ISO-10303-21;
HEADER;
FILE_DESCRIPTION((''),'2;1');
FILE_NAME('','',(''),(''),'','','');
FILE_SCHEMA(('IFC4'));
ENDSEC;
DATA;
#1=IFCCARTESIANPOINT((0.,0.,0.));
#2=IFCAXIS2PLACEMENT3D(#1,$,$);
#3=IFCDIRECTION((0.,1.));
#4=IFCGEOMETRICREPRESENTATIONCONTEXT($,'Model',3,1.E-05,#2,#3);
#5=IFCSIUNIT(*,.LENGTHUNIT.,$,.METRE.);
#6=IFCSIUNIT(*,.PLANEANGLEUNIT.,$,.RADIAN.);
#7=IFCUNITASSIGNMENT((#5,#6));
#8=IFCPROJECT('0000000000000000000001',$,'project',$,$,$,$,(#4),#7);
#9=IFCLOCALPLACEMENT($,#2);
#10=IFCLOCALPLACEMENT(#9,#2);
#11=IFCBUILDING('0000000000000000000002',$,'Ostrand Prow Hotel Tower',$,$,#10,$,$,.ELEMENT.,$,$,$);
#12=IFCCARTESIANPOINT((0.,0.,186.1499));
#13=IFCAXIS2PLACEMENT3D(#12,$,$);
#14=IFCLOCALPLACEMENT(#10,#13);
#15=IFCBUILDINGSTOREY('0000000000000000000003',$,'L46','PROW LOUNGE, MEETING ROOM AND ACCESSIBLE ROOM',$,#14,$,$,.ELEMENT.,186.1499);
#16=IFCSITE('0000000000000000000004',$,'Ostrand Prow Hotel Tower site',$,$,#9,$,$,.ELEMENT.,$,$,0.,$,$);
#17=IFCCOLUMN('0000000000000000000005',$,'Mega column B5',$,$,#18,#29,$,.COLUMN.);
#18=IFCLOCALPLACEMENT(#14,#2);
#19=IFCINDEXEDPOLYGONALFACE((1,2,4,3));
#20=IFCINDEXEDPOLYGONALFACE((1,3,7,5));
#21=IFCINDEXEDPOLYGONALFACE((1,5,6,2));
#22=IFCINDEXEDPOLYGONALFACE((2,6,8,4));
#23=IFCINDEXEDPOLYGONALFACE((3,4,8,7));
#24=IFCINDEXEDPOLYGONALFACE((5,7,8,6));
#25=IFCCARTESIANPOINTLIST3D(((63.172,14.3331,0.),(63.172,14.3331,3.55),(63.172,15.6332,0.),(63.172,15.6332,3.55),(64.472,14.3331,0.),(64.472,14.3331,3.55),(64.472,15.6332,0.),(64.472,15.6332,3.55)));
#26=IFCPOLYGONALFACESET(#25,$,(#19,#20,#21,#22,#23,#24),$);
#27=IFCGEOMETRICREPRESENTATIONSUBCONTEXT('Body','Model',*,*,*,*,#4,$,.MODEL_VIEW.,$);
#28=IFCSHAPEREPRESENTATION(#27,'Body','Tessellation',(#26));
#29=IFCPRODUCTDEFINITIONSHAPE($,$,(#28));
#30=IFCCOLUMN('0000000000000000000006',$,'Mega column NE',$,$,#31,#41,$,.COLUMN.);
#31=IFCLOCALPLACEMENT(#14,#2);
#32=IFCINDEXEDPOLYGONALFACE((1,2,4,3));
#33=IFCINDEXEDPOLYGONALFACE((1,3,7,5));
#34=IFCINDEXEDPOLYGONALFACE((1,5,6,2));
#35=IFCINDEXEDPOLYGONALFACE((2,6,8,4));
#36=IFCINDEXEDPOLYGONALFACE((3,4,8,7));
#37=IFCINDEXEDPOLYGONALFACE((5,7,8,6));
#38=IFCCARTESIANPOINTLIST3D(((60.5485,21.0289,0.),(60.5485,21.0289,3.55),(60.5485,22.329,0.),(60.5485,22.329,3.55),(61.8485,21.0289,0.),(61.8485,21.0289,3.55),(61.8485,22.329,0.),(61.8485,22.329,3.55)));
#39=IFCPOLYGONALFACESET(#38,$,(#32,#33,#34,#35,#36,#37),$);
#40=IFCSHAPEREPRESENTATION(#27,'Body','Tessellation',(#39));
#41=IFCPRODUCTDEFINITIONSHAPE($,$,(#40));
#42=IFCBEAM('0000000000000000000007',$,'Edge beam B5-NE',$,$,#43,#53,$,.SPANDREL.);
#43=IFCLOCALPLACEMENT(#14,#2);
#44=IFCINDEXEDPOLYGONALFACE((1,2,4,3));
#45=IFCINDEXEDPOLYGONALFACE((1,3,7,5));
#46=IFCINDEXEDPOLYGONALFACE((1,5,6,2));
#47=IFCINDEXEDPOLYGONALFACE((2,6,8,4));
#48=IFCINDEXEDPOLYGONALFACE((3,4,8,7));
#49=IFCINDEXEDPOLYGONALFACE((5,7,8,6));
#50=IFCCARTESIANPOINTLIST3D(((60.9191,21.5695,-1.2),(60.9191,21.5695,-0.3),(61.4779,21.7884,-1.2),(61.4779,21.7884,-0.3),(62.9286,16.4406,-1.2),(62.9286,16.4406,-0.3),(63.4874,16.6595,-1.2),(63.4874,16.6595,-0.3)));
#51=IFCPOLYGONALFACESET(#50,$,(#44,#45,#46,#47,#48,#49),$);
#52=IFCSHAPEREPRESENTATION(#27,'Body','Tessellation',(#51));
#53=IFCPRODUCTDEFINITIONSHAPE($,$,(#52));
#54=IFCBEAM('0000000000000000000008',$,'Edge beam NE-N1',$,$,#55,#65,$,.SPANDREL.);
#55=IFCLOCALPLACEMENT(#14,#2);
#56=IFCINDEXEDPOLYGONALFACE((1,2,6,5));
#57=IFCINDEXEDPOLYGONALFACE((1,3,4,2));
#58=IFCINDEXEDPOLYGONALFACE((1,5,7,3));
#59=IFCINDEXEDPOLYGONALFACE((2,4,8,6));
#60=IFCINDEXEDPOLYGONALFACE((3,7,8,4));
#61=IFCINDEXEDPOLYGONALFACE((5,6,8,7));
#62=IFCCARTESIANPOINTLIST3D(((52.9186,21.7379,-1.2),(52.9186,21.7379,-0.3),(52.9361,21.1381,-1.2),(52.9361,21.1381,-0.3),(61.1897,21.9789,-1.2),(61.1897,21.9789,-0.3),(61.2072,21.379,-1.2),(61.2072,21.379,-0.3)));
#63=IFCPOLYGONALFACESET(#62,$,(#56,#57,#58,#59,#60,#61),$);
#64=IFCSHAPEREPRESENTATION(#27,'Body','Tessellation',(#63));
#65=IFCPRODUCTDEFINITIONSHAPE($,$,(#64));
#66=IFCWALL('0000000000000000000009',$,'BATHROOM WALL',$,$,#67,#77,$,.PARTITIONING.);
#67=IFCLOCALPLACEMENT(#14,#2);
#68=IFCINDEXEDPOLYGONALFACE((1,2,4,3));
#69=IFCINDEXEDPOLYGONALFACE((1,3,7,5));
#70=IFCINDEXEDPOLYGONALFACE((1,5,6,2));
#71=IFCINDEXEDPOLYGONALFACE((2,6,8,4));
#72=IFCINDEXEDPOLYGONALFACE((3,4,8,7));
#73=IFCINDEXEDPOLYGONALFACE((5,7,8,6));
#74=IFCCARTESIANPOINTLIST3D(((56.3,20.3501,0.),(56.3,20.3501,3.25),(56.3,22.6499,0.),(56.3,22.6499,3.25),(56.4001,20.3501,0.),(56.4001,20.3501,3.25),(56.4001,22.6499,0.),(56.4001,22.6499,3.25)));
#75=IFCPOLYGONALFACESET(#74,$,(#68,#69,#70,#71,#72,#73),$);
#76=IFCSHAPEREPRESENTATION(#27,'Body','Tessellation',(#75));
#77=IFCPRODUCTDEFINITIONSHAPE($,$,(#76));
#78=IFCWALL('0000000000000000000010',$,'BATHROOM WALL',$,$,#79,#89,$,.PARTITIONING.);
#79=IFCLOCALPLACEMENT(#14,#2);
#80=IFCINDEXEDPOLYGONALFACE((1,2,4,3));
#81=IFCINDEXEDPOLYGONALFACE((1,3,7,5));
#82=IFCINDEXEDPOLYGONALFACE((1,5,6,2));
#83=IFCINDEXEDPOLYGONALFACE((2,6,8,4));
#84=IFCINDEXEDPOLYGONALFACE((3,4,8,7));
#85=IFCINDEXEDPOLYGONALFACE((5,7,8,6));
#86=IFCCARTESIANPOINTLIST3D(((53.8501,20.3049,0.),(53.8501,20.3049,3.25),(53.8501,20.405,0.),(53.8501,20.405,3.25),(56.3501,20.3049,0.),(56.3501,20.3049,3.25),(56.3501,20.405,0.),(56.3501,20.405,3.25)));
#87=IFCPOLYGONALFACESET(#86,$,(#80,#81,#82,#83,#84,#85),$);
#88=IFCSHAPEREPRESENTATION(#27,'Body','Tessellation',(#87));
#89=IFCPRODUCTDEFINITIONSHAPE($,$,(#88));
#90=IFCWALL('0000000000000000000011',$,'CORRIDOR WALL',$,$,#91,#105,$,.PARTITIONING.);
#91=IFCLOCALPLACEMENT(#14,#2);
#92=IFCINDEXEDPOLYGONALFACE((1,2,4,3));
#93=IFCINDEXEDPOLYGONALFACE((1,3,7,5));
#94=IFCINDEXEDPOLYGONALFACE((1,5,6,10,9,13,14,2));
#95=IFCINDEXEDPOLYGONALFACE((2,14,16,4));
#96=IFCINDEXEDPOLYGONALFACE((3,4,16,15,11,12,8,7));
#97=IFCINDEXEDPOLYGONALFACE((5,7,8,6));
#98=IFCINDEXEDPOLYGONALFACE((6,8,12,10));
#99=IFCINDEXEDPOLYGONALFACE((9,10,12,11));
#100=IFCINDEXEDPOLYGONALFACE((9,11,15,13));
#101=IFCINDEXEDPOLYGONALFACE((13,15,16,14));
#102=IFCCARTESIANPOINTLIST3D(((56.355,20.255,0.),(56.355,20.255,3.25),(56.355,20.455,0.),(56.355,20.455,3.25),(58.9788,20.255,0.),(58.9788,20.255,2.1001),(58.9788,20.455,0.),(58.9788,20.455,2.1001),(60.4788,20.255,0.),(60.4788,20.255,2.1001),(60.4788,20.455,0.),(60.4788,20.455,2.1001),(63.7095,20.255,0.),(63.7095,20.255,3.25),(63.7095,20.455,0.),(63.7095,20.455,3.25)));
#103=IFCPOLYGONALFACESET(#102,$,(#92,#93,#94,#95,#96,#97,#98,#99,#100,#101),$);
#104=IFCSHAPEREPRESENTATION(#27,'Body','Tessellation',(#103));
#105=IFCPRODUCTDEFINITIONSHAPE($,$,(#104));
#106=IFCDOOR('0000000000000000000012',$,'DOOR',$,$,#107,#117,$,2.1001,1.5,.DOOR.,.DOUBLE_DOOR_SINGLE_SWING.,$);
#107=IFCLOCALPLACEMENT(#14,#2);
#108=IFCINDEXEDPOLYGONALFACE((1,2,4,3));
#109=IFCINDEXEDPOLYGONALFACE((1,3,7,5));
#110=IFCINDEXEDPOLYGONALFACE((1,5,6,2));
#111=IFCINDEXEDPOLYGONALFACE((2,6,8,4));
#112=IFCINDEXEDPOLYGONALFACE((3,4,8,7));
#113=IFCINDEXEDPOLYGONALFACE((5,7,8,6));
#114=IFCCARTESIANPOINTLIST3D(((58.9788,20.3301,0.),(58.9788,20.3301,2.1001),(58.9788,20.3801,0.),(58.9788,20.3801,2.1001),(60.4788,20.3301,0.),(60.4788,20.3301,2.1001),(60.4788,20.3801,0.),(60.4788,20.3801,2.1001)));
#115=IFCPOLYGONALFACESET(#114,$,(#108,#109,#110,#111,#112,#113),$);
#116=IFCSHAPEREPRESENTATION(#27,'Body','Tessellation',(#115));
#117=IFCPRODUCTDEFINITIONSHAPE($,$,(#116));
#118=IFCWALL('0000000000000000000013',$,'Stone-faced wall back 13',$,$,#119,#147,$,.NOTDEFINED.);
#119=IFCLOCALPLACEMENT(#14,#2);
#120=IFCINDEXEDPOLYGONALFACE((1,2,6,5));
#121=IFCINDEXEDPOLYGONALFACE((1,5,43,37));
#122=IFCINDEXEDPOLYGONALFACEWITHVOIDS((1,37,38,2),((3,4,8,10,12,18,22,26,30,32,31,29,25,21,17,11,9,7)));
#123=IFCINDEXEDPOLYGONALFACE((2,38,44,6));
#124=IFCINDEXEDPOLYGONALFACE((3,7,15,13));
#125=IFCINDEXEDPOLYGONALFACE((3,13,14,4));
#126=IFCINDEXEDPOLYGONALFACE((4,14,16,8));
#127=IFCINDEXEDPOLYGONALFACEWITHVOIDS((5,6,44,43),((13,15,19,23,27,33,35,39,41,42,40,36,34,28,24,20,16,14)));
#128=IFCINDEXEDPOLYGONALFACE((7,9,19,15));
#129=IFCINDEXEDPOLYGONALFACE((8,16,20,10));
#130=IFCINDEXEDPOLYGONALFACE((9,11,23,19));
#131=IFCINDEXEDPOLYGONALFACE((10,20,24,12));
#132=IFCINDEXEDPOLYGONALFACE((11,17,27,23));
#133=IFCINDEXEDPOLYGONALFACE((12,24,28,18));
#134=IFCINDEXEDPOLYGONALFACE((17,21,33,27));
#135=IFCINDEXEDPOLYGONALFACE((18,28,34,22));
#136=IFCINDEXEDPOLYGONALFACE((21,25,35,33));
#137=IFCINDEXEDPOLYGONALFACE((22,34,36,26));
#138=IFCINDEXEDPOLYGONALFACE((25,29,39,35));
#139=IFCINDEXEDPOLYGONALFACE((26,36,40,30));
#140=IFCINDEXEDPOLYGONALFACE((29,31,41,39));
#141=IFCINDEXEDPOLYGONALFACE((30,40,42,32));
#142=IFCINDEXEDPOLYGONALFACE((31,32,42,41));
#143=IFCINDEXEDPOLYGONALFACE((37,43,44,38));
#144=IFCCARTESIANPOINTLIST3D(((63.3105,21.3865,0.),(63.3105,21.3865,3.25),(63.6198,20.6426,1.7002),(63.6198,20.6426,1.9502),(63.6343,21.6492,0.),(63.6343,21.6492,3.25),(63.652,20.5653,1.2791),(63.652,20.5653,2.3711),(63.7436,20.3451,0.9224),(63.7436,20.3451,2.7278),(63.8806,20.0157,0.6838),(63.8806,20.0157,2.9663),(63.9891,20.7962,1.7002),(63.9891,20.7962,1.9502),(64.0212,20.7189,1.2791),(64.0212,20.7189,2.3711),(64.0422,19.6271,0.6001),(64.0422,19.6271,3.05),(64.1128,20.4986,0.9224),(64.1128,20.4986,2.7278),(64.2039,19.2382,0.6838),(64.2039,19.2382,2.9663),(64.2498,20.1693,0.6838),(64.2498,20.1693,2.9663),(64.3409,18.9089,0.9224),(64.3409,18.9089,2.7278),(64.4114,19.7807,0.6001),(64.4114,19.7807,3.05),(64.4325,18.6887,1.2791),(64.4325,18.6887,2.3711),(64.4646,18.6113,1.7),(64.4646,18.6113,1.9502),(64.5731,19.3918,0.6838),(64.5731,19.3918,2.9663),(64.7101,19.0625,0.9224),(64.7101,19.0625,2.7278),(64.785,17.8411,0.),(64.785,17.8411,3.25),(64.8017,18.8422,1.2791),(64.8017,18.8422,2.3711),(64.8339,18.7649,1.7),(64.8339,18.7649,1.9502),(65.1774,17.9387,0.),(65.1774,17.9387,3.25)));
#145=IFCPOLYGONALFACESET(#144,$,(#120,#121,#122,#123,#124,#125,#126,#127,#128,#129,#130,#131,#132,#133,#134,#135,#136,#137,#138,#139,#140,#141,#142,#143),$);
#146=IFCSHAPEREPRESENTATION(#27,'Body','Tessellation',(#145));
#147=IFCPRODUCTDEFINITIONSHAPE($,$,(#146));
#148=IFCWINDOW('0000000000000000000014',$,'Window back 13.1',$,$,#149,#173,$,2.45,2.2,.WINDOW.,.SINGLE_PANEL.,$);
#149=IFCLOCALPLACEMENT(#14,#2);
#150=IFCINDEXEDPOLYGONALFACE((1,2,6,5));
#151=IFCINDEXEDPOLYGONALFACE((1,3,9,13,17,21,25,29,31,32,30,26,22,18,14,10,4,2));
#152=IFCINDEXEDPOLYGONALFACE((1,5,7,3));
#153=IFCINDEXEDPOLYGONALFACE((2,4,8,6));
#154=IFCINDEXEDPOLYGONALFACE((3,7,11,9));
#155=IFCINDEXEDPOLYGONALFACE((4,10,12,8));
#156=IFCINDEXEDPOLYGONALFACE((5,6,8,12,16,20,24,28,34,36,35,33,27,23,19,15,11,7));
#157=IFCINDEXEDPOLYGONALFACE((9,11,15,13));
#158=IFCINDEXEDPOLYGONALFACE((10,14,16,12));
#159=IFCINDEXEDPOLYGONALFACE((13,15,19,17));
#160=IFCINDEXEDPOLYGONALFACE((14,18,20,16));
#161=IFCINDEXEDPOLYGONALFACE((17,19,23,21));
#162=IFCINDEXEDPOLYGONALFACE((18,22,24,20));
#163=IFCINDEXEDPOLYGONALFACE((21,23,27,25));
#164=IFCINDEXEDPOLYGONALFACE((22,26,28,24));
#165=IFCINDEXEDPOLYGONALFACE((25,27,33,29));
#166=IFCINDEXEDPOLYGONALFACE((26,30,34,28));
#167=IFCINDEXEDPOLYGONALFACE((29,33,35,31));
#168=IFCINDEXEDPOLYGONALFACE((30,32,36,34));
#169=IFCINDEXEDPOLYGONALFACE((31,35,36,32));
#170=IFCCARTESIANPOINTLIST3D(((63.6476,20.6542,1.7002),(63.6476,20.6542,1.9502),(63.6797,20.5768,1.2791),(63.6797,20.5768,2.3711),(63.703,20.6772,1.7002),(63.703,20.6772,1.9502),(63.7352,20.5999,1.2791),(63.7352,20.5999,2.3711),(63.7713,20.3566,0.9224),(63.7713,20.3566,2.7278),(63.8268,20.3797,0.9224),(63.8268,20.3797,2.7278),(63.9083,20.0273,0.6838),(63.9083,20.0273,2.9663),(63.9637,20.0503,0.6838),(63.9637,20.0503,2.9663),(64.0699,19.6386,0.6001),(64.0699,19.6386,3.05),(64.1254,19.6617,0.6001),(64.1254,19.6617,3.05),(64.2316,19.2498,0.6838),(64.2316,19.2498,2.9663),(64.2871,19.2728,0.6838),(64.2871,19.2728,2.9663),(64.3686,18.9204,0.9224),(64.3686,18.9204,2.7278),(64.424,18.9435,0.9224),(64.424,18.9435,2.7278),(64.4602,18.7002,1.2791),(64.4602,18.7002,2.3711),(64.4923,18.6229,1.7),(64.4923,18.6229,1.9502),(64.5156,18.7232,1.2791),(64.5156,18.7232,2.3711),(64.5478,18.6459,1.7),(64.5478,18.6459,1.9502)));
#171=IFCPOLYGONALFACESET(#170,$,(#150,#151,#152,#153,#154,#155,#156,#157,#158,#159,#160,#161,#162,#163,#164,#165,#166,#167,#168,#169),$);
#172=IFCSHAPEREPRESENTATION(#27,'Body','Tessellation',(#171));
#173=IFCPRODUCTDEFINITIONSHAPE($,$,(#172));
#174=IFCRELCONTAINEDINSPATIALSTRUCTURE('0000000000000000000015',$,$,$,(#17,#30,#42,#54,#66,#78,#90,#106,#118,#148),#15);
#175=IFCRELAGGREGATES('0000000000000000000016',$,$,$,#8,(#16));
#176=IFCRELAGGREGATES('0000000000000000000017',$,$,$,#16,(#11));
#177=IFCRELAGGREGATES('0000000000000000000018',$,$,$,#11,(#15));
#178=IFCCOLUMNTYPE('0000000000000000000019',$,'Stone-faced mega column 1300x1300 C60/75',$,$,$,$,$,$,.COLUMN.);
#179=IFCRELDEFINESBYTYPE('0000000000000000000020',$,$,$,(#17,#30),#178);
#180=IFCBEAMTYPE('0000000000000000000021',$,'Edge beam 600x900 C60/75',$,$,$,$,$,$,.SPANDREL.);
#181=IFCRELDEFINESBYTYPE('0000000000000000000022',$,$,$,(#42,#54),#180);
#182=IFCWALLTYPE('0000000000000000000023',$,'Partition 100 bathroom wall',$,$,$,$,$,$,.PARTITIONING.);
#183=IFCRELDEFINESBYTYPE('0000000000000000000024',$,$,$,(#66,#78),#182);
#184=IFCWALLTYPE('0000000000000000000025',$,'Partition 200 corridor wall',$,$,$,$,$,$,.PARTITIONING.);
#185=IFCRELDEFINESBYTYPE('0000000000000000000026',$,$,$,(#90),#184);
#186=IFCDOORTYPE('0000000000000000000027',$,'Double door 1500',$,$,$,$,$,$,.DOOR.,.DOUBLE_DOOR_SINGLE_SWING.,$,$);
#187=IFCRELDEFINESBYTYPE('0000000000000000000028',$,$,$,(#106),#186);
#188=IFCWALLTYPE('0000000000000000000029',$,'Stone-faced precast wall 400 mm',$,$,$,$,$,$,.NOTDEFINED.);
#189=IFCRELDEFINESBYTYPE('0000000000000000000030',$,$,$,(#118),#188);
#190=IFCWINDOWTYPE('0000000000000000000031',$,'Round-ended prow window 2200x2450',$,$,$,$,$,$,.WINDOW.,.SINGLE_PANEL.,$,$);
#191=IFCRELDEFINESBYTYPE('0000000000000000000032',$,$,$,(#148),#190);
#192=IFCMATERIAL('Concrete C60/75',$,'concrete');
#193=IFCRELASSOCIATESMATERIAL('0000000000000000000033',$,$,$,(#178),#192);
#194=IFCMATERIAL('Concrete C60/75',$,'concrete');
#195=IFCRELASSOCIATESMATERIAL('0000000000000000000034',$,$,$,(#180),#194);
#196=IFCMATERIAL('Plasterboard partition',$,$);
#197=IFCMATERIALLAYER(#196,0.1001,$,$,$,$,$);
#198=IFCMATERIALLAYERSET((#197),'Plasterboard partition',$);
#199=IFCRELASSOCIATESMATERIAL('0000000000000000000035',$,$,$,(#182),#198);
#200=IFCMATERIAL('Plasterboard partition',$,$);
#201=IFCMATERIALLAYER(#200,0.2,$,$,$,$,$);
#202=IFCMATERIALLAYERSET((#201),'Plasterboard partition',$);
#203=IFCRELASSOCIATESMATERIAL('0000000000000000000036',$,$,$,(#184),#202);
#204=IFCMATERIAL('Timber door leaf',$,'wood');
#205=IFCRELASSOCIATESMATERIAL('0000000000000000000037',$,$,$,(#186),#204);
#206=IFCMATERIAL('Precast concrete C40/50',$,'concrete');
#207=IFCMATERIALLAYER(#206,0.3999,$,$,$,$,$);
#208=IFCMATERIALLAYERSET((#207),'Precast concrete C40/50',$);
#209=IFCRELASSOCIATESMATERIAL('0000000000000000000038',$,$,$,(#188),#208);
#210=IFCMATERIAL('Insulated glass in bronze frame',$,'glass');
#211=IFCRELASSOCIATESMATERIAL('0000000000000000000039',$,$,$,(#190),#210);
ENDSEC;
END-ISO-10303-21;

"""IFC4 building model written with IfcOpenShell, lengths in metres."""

from ifc_helpers import new_model, si_unit, direction, frame, frame_2d, origin, origin_2d, place, context, subcontext, project, spatial, polyline, rectangle, outline, extrude, material, layer, layer_set, material_profile, profile_set, type_object, element, fill, save


model = new_model("IFC4")

# Units and contexts
model_context = context("Model", 3, precision=1e-05, world=origin(), true_north=direction((0.0, 1.0)))
body_context = subcontext(model_context, "Body", "Model", "MODEL_VIEW")
ifc_project = project(units=[si_unit("LENGTHUNIT", "METRE"), si_unit("PLANEANGLEUNIT", "RADIAN")], contexts=[model_context])

# Site, building, storey
site_placement = place(None, origin())
site = spatial("IfcSite", under=ifc_project, at=site_placement, Name="Ostrand Prow Hotel Tower site", CompositionType="ELEMENT", RefElevation=0.0)
building_placement = place(site_placement, origin())
building = spatial("IfcBuilding", under=site, at=building_placement, Name="Ostrand Prow Hotel Tower", CompositionType="ELEMENT")
storey_placement = place(building_placement, frame((0.0, 0.0, 186.1499)))
storey = spatial("IfcBuildingStorey", under=building, at=storey_placement, Name="L46", Description="PROW LOUNGE, MEETING ROOM AND ACCESSIBLE ROOM", CompositionType="ELEMENT", Elevation=186.1499)

# Columns
ifc_material_1 = material(Name="Concrete C60/75", Category="concrete")
ifc_material_profile_1 = material_profile(ifc_material_1, rectangle(XDim=1.3, YDim=1.3, at=origin_2d()), Name="RC 1300x1300")
ifc_profile_set_1 = profile_set([ifc_material_profile_1], Name="Concrete C60/75")
column_type = type_object("IfcColumnType", Name="Stone-faced mega column 1300x1300 C60/75", PredefinedType="COLUMN", material=ifc_profile_set_1)
for number, where, z_axis, x_axis, name in (
    (1, (63.822, 14.9832, 0.0), (0.0, 0.0, 1.0), (1.0, 0.0, 0.0), "Mega column B5"),
    (2, (61.1985, 21.679, 0.0), (0.0, 0.0, 1.0), (1.0, 0.0, 0.0), "Mega column NE"),
):
    element("IfcColumn", number, at=place(storey_placement, frame(where, z_axis=z_axis, x_axis=x_axis)), inside=storey, type_object=column_type, Name=name, PredefinedType="COLUMN", context=body_context, shape_type="SweptSolid", body=[
        extrude(rectangle(XDim=1.3, YDim=1.3, at=origin_2d()), origin(), (0.0, 0.0, 1.0), 3.55),
    ])

# Beams
ifc_material_2 = material(Name="Concrete C60/75", Category="concrete")
ifc_material_profile_2 = material_profile(ifc_material_2, rectangle(XDim=0.6001, YDim=0.8999, at=origin_2d()), Name="RC 600x900")
ifc_profile_set_2 = profile_set([ifc_material_profile_2], Name="Concrete C60/75")
beam_type = type_object("IfcBeamType", Name="Edge beam 600x900 C60/75", PredefinedType="SPANDREL", material=ifc_profile_set_2)
beam_1_placement = place(storey_placement, frame((63.208, 16.55, -0.75), z_axis=(-0.364802, 0.931085, 0.0), x_axis=(-0.931085, -0.364802, 0.0)))
element("IfcBeam", 3, at=beam_1_placement, inside=storey, type_object=beam_type, Name="Edge beam B5-NE", PredefinedType="SPANDREL", context=body_context, shape_type="SweptSolid", body=[
    extrude(rectangle(XDim=0.6001, YDim=0.8999, at=origin_2d()), origin(), (0.0, 0.0, 1.0), 5.5085),
])
beam_2_placement = place(storey_placement, frame((61.1985, 21.679, -0.75), z_axis=(-0.999576, -0.029121, 0.0), x_axis=(0.029121, -0.999576, 0.0)))
element("IfcBeam", 4, at=beam_2_placement, inside=storey, type_object=beam_type, Name="Edge beam NE-N1", PredefinedType="SPANDREL", context=body_context, shape_type="SweptSolid", body=[
    extrude(rectangle(XDim=0.6001, YDim=0.8999, at=origin_2d()), origin(), (0.0, 0.0, 1.0), 8.2747),
])

# Walls
ifc_material_3 = material(Name="Plasterboard partition")
ifc_layer_1 = layer(ifc_material_3, 0.1001)
ifc_layer_set_1 = layer_set([ifc_layer_1], Name="Plasterboard partition")
wall_type_1 = type_object("IfcWallType", Name="Partition 100 bathroom wall", PredefinedType="PARTITIONING", material=ifc_layer_set_1)
wall_1_placement = place(storey_placement, frame((56.3501, 22.6499, 0.0), z_axis=(0.0, 0.0, 1.0), x_axis=(0.0, -1.0, 0.0)))
element("IfcWall", 5, at=wall_1_placement, inside=storey, type_object=wall_type_1, Name="BATHROOM WALL", PredefinedType="PARTITIONING", context=body_context, shape_type="SweptSolid", body=[
    extrude(rectangle(XDim=2.2998, YDim=0.1001, at=frame_2d((1.1499, 0.0))), origin(), (0.0, 0.0, 1.0), 3.25),
])
wall_2_placement = place(storey_placement, frame((56.3501, 20.355, 0.0), z_axis=(0.0, 0.0, 1.0), x_axis=(-1.0, 0.0, 0.0)))
element("IfcWall", 6, at=wall_2_placement, inside=storey, type_object=wall_type_1, Name="BATHROOM WALL", PredefinedType="PARTITIONING", context=body_context, shape_type="SweptSolid", body=[
    extrude(rectangle(XDim=2.5, YDim=0.1001, at=frame_2d((1.25, 0.0))), origin(), (0.0, 0.0, 1.0), 3.25),
])

# Wall, opening, door
ifc_material_4 = material(Name="Plasterboard partition")
ifc_layer_2 = layer(ifc_material_4, 0.2)
ifc_layer_set_2 = layer_set([ifc_layer_2], Name="Plasterboard partition")
wall_type_2 = type_object("IfcWallType", Name="Partition 200 corridor wall", PredefinedType="PARTITIONING", material=ifc_layer_set_2)
wall_3_placement = place(storey_placement, frame((63.7095, 20.355, 0.0), z_axis=(0.0, 0.0, 1.0), x_axis=(-1.0, 0.0, 0.0)))
wall_3 = element("IfcWall", 7, at=wall_3_placement, inside=storey, type_object=wall_type_2, Name="CORRIDOR WALL", PredefinedType="PARTITIONING", context=body_context, shape_type="SweptSolid", body=[
    extrude(rectangle(XDim=7.3545, YDim=0.2, at=frame_2d((3.6772, 0.0))), origin(), (0.0, 0.0, 1.0), 3.25),
])
opening_1_placement = place(wall_3_placement, frame((3.2307, 0.0, 0.0)))
opening_1 = element("IfcOpeningElement", 8, at=opening_1_placement, cuts=wall_3, PredefinedType="OPENING", context=body_context, shape_type="SweptSolid", body=[
    extrude(rectangle(XDim=1.5, YDim=2.1001, at=frame_2d((0.75, 1.05))), frame((0.0, 0.1099, 0.0), z_axis=(0.0, -1.0, 0.0), x_axis=(1.0, 0.0, 0.0)), (0.0, 0.0, 1.0), 0.22),
])
ifc_material_5 = material(Name="Timber door leaf", Category="wood")
door_type = type_object("IfcDoorType", Name="Double door 1500", OperationType="DOUBLE_DOOR_SINGLE_SWING", PredefinedType="DOOR", material=ifc_material_5)
door_placement = place(opening_1_placement, origin())
door = element("IfcDoor", 9, at=door_placement, inside=storey, type_object=door_type, Name="DOOR", OperationType="DOUBLE_DOOR_SINGLE_SWING", OverallHeight=2.1001, OverallWidth=1.5, PredefinedType="DOOR", context=body_context, shape_type="SweptSolid", body=[
    extrude(rectangle(XDim=1.5, YDim=2.1001, at=frame_2d((0.75, 1.05))), frame((0.0, 0.0249, 0.0), z_axis=(0.0, -1.0, 0.0), x_axis=(1.0, 0.0, 0.0)), (0.0, 0.0, 1.0), 0.05),
])
fill(opening_1, door)

# Wall, opening, window
ifc_material_6 = material(Name="Precast concrete C40/50", Category="concrete")
ifc_layer_3 = layer(ifc_material_6, 0.3999)
ifc_layer_set_3 = layer_set([ifc_layer_3], Name="Precast concrete C40/50")
wall_type_3 = type_object("IfcWallType", Name="Stone-faced precast wall 400 mm", PredefinedType="NOTDEFINED", material=ifc_layer_set_3)
wall_4_placement = place(storey_placement, frame((64.9812, 17.8899, 0.0), z_axis=(0.0, 0.0, 1.0), x_axis=(-0.383998, 0.923334, 0.0)))
wall_4 = element("IfcWall", 10, at=wall_4_placement, inside=storey, type_object=wall_type_3, Name="Stone-faced wall back 13", PredefinedType="NOTDEFINED", context=body_context, shape_type="SweptSolid", body=[
    extrude(outline(polyline([(-0.0303, -0.2), (3.9883, -0.2), (3.8701, 0.2), (0.0303, 0.2), (-0.0303, -0.2)])), origin(), (0.0, 0.0, 1.0), 3.25),
])
opening_2_placement = place(wall_4_placement, frame((0.8645, 0.0, 0.6001)))
opening_2 = element("IfcOpeningElement", 11, at=opening_2_placement, cuts=wall_4, PredefinedType="OPENING", context=body_context, shape_type="SweptSolid", body=[
    extrude(outline(polyline([(0.0, 1.3501), (0.0837, 1.771), (0.3223, 2.1277), (0.679, 2.3662), (1.1001, 2.45), (1.521, 2.3662), (1.8777, 2.1277), (2.1162, 1.771), (2.2, 1.3501), (2.2, 1.1001), (2.1162, 0.679), (1.8777, 0.3223), (1.521, 0.0837), (1.1001, 0.0), (0.679, 0.0837), (0.3223, 0.3223), (0.0837, 0.679), (0.0, 1.0999), (0.0, 1.3501)])), frame((0.0, 0.21, 0.0), z_axis=(0.0, -1.0, 0.0), x_axis=(1.0, 0.0, 0.0)), (0.0, 0.0, 1.0), 0.4199),
])
ifc_material_7 = material(Name="Insulated glass in bronze frame", Category="glass")
window_type_1 = type_object("IfcWindowType", Name="Round-ended prow window 2200x2450", PartitioningType="SINGLE_PANEL", PredefinedType="WINDOW", material=ifc_material_7)
window_1_placement = place(opening_2_placement, origin())
window_1 = element("IfcWindow", 12, at=window_1_placement, inside=storey, type_object=window_type_1, Name="Window back 13.1", OverallHeight=2.45, OverallWidth=2.2, PartitioningType="SINGLE_PANEL", PredefinedType="WINDOW", context=body_context, shape_type="SweptSolid", body=[
    extrude(outline(polyline([(0.0, 1.3501), (0.0837, 1.771), (0.3223, 2.1277), (0.679, 2.3662), (1.1001, 2.45), (1.521, 2.3662), (1.8777, 2.1277), (2.1162, 1.771), (2.2, 1.3501), (2.2, 1.1001), (2.1162, 0.679), (1.8777, 0.3223), (1.521, 0.0837), (1.1001, 0.0), (0.679, 0.0837), (0.3223, 0.3223), (0.0837, 0.679), (0.0, 1.0999), (0.0, 1.3501)])), frame((0.0, 0.1699, 0.0), z_axis=(0.0, -1.0, 0.0), x_axis=(1.0, 0.0, 0.0)), (0.0, 0.0, 1.0), 0.0601),
])
fill(opening_2, window_1)

save(model, "model.ifc")
